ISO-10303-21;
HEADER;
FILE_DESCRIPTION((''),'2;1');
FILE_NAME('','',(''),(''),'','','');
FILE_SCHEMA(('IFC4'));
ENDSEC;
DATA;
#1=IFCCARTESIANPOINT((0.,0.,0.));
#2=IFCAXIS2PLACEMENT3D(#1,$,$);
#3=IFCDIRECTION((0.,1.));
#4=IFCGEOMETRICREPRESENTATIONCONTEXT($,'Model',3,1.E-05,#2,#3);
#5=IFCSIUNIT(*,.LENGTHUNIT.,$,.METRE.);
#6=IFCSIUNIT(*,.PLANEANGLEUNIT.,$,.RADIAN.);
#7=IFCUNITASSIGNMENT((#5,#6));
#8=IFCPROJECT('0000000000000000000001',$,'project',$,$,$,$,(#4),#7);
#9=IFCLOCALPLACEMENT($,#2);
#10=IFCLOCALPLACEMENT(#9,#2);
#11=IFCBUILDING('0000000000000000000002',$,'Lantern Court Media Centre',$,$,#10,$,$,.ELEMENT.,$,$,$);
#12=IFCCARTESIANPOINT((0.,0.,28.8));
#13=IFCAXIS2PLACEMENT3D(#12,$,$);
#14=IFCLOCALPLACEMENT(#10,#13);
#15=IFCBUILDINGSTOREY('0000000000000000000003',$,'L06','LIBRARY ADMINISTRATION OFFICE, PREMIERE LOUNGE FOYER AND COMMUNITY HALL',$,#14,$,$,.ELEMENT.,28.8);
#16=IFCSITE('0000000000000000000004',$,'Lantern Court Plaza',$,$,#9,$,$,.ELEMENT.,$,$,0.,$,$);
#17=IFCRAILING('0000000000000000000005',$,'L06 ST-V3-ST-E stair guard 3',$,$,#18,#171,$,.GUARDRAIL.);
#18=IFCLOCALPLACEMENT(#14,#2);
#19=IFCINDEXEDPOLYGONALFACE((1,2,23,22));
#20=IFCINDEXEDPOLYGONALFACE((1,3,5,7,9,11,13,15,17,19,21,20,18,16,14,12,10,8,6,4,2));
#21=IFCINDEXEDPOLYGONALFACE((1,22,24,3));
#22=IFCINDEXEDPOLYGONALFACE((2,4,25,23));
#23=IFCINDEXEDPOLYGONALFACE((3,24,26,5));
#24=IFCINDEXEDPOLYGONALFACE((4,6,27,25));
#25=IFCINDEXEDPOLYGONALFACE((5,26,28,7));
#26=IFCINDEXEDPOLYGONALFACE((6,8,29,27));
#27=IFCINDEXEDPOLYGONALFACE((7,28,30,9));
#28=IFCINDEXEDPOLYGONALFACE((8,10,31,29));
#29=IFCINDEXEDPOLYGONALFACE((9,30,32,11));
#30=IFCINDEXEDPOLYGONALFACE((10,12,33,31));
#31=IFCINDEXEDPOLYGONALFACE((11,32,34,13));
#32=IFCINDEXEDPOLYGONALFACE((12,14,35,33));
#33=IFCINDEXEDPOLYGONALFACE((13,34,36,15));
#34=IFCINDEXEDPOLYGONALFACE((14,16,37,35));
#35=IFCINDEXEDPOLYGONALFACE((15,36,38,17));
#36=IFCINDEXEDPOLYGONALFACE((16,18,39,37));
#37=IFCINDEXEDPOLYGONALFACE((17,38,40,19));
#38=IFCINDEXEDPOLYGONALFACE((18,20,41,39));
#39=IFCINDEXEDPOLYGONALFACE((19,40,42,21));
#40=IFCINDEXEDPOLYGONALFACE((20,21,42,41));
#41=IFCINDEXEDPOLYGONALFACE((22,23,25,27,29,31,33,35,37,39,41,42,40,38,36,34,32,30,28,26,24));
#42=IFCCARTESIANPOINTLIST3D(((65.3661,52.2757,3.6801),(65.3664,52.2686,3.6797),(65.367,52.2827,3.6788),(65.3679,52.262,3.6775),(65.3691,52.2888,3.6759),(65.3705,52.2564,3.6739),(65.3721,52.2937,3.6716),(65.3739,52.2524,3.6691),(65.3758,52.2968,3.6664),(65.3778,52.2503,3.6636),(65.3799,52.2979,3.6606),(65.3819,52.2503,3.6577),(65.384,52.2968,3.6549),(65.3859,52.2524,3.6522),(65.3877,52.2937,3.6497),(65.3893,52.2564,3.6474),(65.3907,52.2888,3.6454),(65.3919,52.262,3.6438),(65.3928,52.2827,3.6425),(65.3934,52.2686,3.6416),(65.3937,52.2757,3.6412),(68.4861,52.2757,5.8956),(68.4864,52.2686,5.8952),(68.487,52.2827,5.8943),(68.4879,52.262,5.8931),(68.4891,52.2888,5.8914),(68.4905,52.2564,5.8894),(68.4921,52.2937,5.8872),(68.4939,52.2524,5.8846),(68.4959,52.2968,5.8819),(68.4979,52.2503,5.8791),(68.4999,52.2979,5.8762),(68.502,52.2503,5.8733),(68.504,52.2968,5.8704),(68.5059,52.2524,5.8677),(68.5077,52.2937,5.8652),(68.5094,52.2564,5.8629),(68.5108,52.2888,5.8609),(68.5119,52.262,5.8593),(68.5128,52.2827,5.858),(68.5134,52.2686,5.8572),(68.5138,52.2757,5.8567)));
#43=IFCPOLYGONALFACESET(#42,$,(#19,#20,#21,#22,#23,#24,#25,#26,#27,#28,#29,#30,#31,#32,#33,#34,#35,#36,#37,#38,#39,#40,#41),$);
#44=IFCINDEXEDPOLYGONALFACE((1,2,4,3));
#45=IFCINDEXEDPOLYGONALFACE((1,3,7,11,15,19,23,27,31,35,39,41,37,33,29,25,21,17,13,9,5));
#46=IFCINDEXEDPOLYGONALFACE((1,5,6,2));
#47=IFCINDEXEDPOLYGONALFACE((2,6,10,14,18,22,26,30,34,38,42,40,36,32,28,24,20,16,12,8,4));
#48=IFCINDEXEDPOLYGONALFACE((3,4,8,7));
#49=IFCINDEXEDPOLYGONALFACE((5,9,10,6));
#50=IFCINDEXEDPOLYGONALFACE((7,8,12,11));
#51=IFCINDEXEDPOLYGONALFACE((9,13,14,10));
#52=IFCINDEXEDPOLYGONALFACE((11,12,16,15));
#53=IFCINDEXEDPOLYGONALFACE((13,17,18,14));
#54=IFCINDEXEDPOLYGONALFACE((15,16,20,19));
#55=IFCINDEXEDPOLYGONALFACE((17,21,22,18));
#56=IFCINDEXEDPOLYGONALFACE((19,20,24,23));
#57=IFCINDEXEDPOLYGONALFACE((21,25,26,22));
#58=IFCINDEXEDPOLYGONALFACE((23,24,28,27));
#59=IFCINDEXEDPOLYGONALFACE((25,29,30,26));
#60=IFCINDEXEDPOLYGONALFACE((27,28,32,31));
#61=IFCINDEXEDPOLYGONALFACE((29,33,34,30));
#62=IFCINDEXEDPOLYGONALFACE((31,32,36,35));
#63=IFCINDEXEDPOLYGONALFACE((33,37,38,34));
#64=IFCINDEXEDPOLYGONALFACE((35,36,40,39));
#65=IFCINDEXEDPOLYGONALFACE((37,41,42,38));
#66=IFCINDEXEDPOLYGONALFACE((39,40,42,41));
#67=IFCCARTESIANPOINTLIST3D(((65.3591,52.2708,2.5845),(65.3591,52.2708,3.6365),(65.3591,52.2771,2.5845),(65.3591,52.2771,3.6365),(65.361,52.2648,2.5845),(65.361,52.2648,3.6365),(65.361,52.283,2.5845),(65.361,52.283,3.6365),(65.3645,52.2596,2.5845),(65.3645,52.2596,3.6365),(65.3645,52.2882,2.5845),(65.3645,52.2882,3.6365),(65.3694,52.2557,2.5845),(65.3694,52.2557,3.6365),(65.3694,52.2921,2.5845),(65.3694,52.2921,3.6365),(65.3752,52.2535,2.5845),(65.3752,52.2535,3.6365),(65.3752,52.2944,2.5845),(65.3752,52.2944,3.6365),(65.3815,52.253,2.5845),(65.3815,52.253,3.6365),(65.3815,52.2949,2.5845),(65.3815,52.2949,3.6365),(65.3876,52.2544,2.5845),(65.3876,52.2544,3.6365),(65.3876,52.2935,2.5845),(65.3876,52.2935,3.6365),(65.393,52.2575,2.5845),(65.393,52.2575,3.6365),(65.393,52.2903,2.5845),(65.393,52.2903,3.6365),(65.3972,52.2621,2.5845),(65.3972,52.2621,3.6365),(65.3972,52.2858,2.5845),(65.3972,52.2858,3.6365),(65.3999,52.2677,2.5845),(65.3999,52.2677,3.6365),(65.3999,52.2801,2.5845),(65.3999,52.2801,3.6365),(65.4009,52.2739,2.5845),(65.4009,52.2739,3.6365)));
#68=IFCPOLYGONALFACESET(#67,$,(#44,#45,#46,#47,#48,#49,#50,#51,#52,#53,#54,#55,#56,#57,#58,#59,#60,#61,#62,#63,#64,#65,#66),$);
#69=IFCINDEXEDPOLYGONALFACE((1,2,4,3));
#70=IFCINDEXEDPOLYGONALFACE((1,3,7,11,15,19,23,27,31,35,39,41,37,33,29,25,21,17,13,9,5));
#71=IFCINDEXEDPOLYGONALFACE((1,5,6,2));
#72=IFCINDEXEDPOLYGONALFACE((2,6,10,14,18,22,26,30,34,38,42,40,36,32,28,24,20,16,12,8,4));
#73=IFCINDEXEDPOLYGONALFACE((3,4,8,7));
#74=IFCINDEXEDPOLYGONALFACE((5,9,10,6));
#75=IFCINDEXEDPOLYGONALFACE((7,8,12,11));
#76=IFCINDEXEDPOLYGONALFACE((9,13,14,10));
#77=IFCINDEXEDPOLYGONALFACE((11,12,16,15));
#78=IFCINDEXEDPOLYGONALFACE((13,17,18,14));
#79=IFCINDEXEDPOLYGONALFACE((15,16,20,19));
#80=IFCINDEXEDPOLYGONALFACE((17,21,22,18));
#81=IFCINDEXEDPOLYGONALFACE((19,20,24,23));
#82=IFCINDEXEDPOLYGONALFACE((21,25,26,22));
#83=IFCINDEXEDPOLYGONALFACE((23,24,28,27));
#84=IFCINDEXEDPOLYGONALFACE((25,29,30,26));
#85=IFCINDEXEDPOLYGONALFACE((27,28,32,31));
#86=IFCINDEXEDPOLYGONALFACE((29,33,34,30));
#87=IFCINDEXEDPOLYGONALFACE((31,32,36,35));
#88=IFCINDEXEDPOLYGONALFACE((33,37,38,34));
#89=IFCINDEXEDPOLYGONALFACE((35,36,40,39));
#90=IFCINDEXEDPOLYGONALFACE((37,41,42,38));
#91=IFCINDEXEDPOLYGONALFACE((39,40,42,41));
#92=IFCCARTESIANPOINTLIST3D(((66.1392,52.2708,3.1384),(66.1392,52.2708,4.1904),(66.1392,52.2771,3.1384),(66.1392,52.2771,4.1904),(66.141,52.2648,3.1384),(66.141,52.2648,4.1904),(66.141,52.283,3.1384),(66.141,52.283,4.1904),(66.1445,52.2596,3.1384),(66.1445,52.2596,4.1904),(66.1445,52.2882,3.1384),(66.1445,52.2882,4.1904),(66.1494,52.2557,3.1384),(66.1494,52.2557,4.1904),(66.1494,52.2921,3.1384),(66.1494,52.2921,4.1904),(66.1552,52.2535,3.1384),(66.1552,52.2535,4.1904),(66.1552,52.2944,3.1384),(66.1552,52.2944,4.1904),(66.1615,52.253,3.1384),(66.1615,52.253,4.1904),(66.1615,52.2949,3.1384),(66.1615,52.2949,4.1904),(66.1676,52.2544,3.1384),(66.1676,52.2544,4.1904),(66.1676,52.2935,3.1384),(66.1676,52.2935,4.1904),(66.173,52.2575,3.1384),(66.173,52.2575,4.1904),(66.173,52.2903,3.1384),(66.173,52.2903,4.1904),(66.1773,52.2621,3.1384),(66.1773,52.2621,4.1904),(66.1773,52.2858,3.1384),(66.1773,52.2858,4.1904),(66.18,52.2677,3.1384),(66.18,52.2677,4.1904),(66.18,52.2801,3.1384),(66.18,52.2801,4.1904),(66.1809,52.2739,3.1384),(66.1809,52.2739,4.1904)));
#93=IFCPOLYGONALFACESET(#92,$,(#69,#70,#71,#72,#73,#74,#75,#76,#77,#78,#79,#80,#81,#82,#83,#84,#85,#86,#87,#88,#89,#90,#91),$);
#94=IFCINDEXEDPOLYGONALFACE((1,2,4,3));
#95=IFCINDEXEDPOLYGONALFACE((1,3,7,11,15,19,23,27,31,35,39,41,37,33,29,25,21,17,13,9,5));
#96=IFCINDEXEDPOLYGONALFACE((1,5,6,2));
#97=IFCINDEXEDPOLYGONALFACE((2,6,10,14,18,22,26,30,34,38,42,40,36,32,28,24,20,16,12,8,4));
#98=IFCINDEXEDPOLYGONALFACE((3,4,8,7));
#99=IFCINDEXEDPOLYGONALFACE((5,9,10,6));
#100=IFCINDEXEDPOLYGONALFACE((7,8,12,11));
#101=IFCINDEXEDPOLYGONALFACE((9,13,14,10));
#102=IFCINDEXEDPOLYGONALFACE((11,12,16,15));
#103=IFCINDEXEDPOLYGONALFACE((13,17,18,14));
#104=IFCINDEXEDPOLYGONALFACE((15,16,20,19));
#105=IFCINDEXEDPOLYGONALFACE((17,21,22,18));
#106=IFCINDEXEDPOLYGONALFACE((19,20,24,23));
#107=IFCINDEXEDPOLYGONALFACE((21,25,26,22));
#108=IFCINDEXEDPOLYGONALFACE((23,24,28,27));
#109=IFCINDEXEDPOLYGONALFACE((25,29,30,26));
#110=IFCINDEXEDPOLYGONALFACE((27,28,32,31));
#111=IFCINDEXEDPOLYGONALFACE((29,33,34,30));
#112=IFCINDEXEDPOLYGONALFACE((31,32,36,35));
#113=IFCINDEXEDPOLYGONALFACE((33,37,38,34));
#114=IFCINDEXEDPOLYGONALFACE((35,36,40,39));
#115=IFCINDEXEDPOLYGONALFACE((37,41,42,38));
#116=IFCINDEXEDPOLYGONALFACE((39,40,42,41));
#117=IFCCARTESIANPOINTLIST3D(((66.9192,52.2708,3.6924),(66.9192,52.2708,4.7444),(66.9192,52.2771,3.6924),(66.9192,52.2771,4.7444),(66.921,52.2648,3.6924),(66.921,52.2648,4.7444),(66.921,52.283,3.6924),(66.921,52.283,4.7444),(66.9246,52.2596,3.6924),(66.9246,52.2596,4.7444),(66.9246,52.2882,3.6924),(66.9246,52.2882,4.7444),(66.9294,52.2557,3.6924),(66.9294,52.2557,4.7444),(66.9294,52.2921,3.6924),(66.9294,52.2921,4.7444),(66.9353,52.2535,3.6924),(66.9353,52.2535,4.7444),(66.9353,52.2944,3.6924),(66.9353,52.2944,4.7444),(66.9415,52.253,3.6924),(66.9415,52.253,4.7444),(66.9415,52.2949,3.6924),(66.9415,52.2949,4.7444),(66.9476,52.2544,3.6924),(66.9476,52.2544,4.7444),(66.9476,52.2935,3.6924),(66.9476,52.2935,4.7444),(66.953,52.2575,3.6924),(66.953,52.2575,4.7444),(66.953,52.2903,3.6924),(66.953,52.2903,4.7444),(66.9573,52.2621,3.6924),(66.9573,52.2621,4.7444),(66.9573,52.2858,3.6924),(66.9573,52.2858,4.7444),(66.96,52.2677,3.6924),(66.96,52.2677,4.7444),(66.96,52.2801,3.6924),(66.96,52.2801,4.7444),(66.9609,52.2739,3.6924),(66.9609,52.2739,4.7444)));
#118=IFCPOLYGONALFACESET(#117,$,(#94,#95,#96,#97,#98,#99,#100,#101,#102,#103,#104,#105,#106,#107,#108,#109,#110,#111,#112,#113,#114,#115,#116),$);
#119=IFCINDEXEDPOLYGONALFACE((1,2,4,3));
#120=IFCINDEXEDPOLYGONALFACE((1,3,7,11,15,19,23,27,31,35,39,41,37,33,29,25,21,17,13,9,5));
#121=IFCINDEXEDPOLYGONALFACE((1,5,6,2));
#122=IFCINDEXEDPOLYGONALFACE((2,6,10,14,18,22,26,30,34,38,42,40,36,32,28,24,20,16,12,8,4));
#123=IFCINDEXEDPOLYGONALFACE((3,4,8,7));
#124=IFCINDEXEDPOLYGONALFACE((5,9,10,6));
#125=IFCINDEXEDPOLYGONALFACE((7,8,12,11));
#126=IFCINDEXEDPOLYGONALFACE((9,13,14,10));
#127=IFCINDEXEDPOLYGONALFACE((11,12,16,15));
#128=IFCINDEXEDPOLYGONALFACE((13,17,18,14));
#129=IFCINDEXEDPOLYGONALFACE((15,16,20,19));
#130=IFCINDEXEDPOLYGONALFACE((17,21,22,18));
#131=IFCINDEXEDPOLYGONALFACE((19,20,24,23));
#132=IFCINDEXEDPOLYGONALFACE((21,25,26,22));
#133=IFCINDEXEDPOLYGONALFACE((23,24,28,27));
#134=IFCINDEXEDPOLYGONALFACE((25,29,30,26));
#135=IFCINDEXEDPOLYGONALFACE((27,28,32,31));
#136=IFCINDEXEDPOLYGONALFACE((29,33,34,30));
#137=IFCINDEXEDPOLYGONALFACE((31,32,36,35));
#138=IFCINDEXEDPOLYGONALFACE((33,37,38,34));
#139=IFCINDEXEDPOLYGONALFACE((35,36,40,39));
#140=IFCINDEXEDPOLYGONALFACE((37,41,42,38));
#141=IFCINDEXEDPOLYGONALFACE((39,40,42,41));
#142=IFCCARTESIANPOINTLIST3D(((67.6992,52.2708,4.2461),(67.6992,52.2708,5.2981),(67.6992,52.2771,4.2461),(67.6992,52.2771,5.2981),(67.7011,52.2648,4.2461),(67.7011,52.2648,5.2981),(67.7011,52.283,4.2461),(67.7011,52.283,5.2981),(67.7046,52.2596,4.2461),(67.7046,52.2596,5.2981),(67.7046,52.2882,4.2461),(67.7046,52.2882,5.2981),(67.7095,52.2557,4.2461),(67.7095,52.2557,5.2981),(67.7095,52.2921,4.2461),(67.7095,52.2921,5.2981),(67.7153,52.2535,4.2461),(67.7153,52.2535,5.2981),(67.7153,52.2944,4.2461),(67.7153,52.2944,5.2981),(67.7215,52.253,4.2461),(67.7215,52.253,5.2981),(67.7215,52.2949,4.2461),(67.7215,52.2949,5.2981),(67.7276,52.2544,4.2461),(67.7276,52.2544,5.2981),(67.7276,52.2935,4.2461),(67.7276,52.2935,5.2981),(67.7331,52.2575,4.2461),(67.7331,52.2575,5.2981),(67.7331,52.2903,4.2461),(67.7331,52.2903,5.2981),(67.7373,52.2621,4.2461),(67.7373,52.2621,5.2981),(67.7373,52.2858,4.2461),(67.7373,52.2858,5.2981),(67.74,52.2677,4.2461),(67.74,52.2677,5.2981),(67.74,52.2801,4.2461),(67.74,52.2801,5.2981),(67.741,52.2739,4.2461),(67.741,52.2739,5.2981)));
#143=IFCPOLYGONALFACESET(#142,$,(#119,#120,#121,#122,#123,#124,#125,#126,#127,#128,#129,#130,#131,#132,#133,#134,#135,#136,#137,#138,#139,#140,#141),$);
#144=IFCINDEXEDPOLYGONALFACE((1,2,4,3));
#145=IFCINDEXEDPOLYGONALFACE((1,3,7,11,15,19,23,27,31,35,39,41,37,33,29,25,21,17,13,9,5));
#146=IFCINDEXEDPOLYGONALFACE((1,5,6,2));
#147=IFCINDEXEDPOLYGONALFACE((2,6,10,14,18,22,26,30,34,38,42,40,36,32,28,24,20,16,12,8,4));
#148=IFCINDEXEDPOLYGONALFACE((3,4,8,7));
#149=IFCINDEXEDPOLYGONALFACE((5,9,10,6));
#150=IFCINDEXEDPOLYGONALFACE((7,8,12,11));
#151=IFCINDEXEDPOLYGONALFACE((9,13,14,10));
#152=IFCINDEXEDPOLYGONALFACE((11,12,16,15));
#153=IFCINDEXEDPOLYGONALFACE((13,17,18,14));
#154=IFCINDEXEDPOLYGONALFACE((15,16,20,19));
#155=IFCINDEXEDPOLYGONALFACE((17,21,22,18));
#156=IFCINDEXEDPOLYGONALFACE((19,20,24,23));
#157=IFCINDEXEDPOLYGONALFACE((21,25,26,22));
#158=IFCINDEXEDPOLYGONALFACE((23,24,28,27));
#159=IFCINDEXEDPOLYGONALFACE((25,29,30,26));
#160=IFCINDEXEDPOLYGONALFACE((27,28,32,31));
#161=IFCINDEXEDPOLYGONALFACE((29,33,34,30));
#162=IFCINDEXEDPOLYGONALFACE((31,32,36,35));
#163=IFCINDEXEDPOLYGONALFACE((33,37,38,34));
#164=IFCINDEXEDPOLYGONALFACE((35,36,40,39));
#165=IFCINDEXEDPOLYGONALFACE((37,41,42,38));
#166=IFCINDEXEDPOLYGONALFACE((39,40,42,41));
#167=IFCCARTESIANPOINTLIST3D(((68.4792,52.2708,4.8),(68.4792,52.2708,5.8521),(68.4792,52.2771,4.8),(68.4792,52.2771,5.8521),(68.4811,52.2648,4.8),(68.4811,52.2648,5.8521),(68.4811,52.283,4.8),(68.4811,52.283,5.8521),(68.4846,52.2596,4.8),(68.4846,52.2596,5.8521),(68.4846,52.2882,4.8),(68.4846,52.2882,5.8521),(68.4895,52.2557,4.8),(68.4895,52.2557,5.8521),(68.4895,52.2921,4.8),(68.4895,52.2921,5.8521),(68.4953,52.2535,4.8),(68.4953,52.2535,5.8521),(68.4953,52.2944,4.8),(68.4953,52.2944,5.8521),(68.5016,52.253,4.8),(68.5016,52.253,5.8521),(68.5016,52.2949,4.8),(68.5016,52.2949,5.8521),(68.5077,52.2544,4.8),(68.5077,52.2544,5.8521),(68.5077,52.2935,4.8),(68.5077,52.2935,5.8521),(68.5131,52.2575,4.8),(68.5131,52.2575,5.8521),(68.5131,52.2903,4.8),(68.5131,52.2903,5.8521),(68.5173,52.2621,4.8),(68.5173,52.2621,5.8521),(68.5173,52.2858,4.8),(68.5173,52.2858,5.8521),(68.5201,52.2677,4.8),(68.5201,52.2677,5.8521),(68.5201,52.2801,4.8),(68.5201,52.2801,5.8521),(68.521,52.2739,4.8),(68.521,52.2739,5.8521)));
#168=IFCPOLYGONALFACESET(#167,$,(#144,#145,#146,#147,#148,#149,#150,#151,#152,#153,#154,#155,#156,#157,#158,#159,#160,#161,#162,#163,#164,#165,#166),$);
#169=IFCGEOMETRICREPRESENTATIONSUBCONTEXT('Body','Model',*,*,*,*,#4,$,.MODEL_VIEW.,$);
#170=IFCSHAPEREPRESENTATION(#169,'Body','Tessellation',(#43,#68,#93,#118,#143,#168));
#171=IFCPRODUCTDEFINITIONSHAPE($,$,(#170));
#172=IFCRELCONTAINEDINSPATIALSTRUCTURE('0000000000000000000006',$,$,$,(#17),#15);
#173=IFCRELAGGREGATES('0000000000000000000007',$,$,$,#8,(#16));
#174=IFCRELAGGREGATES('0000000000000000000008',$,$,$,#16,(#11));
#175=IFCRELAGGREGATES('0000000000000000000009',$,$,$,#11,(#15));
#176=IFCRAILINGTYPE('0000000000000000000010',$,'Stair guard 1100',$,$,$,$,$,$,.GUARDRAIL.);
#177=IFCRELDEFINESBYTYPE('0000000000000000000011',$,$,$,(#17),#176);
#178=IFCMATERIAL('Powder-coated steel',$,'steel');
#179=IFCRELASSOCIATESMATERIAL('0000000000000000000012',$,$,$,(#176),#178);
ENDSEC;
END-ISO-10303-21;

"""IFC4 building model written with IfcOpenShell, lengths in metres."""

from ifc_helpers import new_model, si_unit, direction, frame, origin, origin_2d, place, context, subcontext, project, spatial, circle, extrude, material, type_object, element, save


model = new_model("IFC4")

# Units and contexts
model_context = context("Model", 3, precision=1e-05, world=origin(), true_north=direction((0.0, 1.0)))
body_context = subcontext(model_context, "Body", "Model", "MODEL_VIEW")
ifc_project = project(units=[si_unit("LENGTHUNIT", "METRE"), si_unit("PLANEANGLEUNIT", "RADIAN")], contexts=[model_context])

# Site, building, storey
site_placement = place(None, origin())
site = spatial("IfcSite", under=ifc_project, at=site_placement, Name="Lantern Court Plaza", CompositionType="ELEMENT", RefElevation=0.0)
building_placement = place(site_placement, origin())
building = spatial("IfcBuilding", under=site, at=building_placement, Name="Lantern Court Media Centre", CompositionType="ELEMENT")
storey_placement = place(building_placement, frame((0.0, 0.0, 28.8)))
storey = spatial("IfcBuildingStorey", under=building, at=storey_placement, Name="L06", Description="LIBRARY ADMINISTRATION OFFICE, PREMIERE LOUNGE FOYER AND COMMUNITY HALL", CompositionType="ELEMENT", Elevation=28.8)

# Railing
ifc_material_1 = material(Name="Powder-coated steel", Category="steel")
railing_type_1 = type_object("IfcRailingType", Name="Stair guard 1100", PredefinedType="GUARDRAIL", material=ifc_material_1)
railing_1_placement = place(storey_placement, frame((65.3799, 52.2739, 2.5845)))
element("IfcRailing", 1, at=railing_1_placement, inside=storey, type_object=railing_type_1, Name="L06 ST-V3-ST-E stair guard 3", PredefinedType="GUARDRAIL", context=body_context, shape_type="SweptSolid", body=[
    extrude(circle(Radius=0.0239, at=origin_2d()), frame((0.0, 0.0, 1.0762), z_axis=(0.815347, 0.0, 0.578973), x_axis=(0.0, 1.0, 0.0)), (0.0, 0.0, 1.0), 3.8267),
    extrude(circle(Radius=0.021, at=origin_2d()), origin(), (0.0, 0.0, 1.0), 1.052),
    extrude(circle(Radius=0.021, at=origin_2d()), frame((0.78, 0.0, 0.554)), (0.0, 0.0, 1.0), 1.052),
    extrude(circle(Radius=0.021, at=origin_2d()), frame((1.5601, 0.0, 1.1079)), (0.0, 0.0, 1.0), 1.052),
    extrude(circle(Radius=0.021, at=origin_2d()), frame((2.3401, 0.0, 1.6616)), (0.0, 0.0, 1.0), 1.052),
    extrude(circle(Radius=0.021, at=origin_2d()), frame((3.1201, 0.0, 2.2156)), (0.0, 0.0, 1.0), 1.052),
])

save(model, "model.ifc")
